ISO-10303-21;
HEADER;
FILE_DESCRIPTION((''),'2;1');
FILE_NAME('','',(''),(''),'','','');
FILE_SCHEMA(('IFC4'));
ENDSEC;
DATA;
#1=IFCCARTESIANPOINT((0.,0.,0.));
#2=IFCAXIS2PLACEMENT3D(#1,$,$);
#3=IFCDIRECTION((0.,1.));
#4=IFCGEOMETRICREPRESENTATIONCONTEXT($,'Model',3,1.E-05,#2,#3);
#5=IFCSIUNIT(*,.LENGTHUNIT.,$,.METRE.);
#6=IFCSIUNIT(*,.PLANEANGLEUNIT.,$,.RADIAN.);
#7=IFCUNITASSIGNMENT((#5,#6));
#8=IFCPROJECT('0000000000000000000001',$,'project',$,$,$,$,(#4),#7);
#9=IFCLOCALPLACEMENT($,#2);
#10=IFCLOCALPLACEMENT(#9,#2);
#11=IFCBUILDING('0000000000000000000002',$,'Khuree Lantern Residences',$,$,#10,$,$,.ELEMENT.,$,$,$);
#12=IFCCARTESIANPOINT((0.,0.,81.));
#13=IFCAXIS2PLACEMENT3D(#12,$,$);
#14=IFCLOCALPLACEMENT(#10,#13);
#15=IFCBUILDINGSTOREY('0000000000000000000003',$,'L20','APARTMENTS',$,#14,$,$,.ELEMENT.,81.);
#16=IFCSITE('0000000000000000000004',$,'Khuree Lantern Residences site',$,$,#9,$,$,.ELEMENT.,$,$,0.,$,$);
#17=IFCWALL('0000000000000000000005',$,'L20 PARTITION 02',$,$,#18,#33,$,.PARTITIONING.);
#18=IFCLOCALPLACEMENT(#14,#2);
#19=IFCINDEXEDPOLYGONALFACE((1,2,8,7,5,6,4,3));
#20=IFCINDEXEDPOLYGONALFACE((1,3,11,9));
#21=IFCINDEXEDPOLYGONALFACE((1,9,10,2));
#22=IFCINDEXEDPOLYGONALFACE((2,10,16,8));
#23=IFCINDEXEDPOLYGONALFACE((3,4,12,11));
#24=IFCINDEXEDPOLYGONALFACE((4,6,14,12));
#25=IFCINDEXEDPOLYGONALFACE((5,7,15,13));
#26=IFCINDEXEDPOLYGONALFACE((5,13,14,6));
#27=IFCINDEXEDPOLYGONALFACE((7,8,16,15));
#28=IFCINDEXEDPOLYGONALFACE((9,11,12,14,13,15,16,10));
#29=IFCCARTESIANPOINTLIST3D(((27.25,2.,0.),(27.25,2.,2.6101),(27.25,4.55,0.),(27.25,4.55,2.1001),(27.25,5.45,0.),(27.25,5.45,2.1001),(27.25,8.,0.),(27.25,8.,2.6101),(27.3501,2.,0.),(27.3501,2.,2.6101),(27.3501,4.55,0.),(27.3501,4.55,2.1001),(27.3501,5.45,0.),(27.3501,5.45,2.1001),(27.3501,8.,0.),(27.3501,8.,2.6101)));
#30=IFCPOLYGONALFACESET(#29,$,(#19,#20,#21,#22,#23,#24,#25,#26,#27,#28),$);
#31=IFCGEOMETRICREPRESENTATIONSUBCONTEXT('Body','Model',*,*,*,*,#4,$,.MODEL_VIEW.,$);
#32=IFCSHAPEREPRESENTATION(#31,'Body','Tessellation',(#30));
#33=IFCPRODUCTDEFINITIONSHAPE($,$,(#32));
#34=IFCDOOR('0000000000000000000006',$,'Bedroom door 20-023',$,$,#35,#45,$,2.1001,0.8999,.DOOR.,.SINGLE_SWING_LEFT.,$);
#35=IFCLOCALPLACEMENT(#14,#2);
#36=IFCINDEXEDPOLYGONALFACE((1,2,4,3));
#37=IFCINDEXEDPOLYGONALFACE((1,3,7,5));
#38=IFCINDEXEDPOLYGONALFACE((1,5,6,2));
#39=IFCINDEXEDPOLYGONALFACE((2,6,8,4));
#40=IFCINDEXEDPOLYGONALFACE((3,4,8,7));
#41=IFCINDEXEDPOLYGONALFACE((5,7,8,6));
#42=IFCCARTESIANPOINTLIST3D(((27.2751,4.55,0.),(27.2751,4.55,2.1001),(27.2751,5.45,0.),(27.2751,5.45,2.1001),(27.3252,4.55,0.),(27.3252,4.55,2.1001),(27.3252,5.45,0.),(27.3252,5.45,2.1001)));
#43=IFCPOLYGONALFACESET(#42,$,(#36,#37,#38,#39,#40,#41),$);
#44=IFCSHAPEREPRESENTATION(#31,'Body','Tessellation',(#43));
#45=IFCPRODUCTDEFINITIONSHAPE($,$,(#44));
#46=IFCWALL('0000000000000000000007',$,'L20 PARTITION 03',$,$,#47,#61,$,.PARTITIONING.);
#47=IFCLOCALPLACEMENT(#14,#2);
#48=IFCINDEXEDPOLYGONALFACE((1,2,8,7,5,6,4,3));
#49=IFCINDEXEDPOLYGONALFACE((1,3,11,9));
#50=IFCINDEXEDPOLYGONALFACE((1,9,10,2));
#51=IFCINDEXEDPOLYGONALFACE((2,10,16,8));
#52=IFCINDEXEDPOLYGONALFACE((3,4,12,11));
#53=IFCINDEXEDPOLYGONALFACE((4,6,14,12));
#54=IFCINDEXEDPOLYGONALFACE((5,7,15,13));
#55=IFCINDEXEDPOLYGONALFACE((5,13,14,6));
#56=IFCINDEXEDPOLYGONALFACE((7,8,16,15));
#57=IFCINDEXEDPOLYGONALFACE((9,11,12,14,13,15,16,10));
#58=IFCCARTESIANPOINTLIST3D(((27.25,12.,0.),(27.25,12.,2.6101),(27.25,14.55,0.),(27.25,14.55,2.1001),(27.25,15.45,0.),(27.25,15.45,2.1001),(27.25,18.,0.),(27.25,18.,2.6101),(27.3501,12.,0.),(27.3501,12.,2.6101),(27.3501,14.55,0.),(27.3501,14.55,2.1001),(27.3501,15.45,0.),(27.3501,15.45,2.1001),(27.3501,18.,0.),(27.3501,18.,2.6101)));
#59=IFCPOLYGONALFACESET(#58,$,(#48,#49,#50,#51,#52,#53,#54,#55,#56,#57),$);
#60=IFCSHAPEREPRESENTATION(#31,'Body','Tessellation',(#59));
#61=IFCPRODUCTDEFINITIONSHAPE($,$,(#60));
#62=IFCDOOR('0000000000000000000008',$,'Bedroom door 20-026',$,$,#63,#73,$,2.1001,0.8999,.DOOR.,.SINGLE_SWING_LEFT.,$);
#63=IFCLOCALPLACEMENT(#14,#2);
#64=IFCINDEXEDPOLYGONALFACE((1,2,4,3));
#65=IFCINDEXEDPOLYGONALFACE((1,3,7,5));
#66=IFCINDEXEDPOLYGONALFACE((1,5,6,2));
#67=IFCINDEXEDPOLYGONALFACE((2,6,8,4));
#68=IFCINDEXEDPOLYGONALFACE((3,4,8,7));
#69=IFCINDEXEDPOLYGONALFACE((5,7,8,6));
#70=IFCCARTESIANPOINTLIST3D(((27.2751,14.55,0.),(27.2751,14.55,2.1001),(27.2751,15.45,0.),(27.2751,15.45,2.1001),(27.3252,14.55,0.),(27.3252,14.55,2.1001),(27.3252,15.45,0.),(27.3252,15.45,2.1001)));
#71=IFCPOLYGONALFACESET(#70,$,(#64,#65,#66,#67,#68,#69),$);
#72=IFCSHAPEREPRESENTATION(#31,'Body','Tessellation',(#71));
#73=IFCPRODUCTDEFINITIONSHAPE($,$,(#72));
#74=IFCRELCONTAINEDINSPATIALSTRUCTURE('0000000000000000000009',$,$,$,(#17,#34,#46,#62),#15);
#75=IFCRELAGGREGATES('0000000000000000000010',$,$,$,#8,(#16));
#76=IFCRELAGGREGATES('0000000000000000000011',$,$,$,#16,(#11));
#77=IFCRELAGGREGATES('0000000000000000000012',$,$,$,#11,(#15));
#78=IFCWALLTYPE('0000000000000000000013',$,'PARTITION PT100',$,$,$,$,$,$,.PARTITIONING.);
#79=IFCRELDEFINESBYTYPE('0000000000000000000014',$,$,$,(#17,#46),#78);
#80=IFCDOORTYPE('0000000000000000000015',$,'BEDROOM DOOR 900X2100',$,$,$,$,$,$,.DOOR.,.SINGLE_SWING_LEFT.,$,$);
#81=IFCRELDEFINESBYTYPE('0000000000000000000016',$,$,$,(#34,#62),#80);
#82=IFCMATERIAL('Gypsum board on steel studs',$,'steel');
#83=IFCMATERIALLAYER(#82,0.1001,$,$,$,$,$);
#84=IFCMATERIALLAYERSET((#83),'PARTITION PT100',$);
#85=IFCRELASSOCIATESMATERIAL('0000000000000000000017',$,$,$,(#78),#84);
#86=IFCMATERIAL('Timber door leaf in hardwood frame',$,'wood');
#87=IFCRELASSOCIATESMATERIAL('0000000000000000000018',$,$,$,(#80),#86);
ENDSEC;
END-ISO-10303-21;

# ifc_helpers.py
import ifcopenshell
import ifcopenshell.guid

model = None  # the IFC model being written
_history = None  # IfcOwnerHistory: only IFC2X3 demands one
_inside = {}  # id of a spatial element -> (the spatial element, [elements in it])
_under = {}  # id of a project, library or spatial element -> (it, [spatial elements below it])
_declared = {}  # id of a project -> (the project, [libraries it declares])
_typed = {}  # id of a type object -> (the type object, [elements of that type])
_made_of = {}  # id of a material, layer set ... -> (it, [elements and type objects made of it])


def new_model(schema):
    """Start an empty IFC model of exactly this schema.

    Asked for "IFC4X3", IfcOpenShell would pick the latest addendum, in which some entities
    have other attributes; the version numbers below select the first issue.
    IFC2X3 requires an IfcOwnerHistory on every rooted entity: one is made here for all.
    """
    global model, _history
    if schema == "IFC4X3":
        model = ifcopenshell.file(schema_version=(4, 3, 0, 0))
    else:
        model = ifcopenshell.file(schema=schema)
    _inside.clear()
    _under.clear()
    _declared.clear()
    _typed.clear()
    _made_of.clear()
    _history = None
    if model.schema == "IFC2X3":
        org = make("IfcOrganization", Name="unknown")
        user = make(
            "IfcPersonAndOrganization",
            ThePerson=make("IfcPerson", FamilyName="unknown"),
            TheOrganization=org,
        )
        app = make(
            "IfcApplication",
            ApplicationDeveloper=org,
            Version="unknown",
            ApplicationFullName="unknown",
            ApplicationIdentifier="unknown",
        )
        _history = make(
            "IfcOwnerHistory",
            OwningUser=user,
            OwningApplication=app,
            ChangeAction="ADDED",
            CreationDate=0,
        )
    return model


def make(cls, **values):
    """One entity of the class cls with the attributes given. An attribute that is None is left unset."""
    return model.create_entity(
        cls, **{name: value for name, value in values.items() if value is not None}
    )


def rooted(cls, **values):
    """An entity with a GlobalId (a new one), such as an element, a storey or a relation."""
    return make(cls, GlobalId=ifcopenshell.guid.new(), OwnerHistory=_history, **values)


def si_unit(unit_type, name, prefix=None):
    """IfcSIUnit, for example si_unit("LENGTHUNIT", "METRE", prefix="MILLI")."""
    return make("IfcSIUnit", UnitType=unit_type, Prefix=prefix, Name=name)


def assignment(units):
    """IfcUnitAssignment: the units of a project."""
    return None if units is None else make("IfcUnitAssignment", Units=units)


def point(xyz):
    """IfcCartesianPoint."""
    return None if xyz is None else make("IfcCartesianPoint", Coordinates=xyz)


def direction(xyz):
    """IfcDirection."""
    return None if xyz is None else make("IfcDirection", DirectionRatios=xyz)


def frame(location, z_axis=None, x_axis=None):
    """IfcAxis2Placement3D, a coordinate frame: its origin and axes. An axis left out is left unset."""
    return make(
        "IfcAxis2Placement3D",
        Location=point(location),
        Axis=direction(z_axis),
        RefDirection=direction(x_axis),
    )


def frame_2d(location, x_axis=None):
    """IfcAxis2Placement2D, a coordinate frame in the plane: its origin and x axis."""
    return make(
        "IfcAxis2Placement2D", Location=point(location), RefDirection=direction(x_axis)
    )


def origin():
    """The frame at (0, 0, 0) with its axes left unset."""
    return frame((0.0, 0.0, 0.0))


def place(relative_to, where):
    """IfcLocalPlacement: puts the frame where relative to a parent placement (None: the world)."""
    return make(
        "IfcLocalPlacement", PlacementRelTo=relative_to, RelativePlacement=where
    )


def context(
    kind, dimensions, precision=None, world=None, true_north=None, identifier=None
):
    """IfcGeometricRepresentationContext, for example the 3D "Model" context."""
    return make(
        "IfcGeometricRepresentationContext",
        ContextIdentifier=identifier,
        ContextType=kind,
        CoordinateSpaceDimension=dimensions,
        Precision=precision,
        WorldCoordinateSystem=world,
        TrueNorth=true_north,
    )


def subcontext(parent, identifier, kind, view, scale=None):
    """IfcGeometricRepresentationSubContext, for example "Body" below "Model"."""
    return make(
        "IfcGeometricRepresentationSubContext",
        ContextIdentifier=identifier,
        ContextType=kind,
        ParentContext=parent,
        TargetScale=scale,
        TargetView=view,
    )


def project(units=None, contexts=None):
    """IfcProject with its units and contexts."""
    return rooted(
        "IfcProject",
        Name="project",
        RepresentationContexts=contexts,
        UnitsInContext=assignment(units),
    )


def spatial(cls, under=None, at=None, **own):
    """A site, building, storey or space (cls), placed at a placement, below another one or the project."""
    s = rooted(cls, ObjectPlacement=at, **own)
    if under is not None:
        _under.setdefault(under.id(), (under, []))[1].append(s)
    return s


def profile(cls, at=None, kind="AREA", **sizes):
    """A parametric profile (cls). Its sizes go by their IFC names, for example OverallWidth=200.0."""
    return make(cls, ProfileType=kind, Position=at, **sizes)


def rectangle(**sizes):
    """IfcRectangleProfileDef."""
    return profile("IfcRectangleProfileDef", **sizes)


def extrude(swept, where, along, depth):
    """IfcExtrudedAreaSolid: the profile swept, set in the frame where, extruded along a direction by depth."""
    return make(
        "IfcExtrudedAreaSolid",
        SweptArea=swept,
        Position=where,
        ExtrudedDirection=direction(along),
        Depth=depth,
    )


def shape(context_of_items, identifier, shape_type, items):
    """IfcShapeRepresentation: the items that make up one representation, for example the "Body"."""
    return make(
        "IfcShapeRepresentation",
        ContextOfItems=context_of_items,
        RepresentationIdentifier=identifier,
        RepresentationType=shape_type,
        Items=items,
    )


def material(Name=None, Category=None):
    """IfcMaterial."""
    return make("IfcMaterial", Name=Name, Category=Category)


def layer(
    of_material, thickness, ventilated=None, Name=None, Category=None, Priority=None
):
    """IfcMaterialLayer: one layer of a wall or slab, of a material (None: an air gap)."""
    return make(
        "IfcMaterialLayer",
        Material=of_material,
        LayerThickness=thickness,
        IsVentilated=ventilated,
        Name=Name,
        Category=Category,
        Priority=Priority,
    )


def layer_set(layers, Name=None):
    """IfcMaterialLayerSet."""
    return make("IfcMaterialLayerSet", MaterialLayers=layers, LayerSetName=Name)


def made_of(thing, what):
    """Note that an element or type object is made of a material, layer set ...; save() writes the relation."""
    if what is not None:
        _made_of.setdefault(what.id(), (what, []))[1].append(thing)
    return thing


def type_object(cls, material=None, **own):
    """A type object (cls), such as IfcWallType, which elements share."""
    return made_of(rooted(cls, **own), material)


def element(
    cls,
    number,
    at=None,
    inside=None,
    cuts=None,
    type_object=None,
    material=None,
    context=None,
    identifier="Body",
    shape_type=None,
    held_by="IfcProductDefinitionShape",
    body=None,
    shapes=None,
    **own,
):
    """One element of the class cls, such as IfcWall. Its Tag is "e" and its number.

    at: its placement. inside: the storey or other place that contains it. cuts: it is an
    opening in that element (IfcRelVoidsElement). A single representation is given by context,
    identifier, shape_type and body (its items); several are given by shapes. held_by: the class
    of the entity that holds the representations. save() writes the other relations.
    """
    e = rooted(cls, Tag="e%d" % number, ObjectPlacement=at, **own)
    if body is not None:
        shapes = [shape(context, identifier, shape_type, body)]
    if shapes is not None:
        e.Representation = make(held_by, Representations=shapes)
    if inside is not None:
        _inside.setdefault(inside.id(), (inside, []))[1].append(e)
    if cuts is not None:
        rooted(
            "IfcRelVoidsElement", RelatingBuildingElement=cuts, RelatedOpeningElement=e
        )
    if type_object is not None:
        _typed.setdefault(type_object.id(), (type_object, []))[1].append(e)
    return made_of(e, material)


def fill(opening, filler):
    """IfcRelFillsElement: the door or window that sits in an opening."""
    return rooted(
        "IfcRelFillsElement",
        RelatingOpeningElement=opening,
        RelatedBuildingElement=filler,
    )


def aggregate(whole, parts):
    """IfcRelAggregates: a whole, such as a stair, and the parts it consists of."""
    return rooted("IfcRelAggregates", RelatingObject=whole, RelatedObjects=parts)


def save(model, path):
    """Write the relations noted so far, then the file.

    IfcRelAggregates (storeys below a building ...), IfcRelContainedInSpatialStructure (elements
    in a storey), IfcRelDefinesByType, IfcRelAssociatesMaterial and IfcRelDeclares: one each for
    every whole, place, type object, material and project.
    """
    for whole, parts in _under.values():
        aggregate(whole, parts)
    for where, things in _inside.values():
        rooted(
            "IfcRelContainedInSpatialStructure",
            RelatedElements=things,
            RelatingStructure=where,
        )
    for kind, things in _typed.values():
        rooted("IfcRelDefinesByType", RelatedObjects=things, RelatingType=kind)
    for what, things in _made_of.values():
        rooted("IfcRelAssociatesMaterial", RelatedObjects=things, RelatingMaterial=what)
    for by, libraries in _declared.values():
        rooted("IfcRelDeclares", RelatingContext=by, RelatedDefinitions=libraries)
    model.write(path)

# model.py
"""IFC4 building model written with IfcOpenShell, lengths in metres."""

from ifc_helpers import new_model, si_unit, direction, frame, frame_2d, origin, place, context, subcontext, project, spatial, rectangle, extrude, material, layer, layer_set, type_object, element, fill, save


model = new_model("IFC4")

# Units and contexts
model_context = context("Model", 3, precision=1e-05, world=origin(), true_north=direction((0.0, 1.0)))
body_context = subcontext(model_context, "Body", "Model", "MODEL_VIEW")
ifc_project = project(units=[si_unit("LENGTHUNIT", "METRE"), si_unit("PLANEANGLEUNIT", "RADIAN")], contexts=[model_context])

# Site, building, storey
site_placement = place(None, origin())
site = spatial("IfcSite", under=ifc_project, at=site_placement, Name="Khuree Lantern Residences site", CompositionType="ELEMENT", RefElevation=0.0)
building_placement = place(site_placement, origin())
building = spatial("IfcBuilding", under=site, at=building_placement, Name="Khuree Lantern Residences", CompositionType="ELEMENT")
storey_placement = place(building_placement, frame((0.0, 0.0, 81.0)))
storey = spatial("IfcBuildingStorey", under=building, at=storey_placement, Name="L20", Description="APARTMENTS", CompositionType="ELEMENT", Elevation=81.0)

# Shared definitions
ifc_material_1 = material(Name="Timber door leaf in hardwood frame", Category="wood")

# Shared definitions
ifc_material_2 = material(Name="Gypsum board on steel studs", Category="steel")
ifc_layer_1 = layer(ifc_material_2, 0.1001)
ifc_layer_set_1 = layer_set([ifc_layer_1], Name="PARTITION PT100")
wall_type_1 = type_object("IfcWallType", Name="PARTITION PT100", PredefinedType="PARTITIONING", material=ifc_layer_set_1)

# Walls, openings, doors
wall_1_placement = place(storey_placement, frame((27.3, 2.0, 0.0), z_axis=(0.0, 0.0, 1.0), x_axis=(0.0, 1.0, 0.0)))
wall_1 = element("IfcWall", 1, at=wall_1_placement, inside=storey, type_object=wall_type_1, Name="L20 PARTITION 02", PredefinedType="PARTITIONING", context=body_context, shape_type="SweptSolid", body=[
    extrude(rectangle(XDim=6.0, YDim=0.1001, at=frame_2d((3.0, 0.0))), origin(), (0.0, 0.0, 1.0), 2.6101),
])
opening_1_placement = place(wall_1_placement, frame((2.55, 0.0, 0.0)))
opening_1 = element("IfcOpeningElement", 2, at=opening_1_placement, cuts=wall_1, PredefinedType="OPENING", context=body_context, shape_type="SweptSolid", body=[
    extrude(rectangle(XDim=0.8999, YDim=2.1001, at=frame_2d((0.45, 1.05))), frame((0.0, 0.0601, 0.0), z_axis=(0.0, -1.0, 0.0), x_axis=(1.0, 0.0, 0.0)), (0.0, 0.0, 1.0), 0.1201),
])
door_type_1 = type_object("IfcDoorType", Name="BEDROOM DOOR 900X2100", OperationType="SINGLE_SWING_LEFT", PredefinedType="DOOR", material=ifc_material_1)
door_1_placement = place(opening_1_placement, origin())
door_1 = element("IfcDoor", 3, at=door_1_placement, inside=storey, type_object=door_type_1, Name="Bedroom door 20-023", OperationType="SINGLE_SWING_LEFT", OverallHeight=2.1001, OverallWidth=0.8999, PredefinedType="DOOR", context=body_context, shape_type="SweptSolid", body=[
    extrude(rectangle(XDim=0.8999, YDim=2.1001, at=frame_2d((0.45, 1.05))), frame((0.0, 0.0249, 0.0), z_axis=(0.0, -1.0, 0.0), x_axis=(1.0, 0.0, 0.0)), (0.0, 0.0, 1.0), 0.05),
])
fill(opening_1, door_1)
wall_2_placement = place(storey_placement, frame((27.3, 12.0, 0.0), z_axis=(0.0, 0.0, 1.0), x_axis=(0.0, 1.0, 0.0)))
wall_2 = element("IfcWall", 4, at=wall_2_placement, inside=storey, type_object=wall_type_1, Name="L20 PARTITION 03", PredefinedType="PARTITIONING", context=body_context, shape_type="SweptSolid", body=[
    extrude(rectangle(XDim=6.0, YDim=0.1001, at=frame_2d((3.0, 0.0))), origin(), (0.0, 0.0, 1.0), 2.6101),
])
opening_2_placement = place(wall_2_placement, frame((2.55, 0.0, 0.0)))
opening_2 = element("IfcOpeningElement", 5, at=opening_2_placement, cuts=wall_2, PredefinedType="OPENING", context=body_context, shape_type="SweptSolid", body=[
    extrude(rectangle(XDim=0.8999, YDim=2.1001, at=frame_2d((0.45, 1.05))), frame((0.0, 0.0601, 0.0), z_axis=(0.0, -1.0, 0.0), x_axis=(1.0, 0.0, 0.0)), (0.0, 0.0, 1.0), 0.1201),
])
door_2_placement = place(opening_2_placement, origin())
door_2 = element("IfcDoor", 6, at=door_2_placement, inside=storey, type_object=door_type_1, Name="Bedroom door 20-026", OperationType="SINGLE_SWING_LEFT", OverallHeight=2.1001, OverallWidth=0.8999, PredefinedType="DOOR", context=body_context, shape_type="SweptSolid", body=[
    extrude(rectangle(XDim=0.8999, YDim=2.1001, at=frame_2d((0.45, 1.05))), frame((0.0, 0.0249, 0.0), z_axis=(0.0, -1.0, 0.0), x_axis=(1.0, 0.0, 0.0)), (0.0, 0.0, 1.0), 0.05),
])
fill(opening_2, door_2)

save(model, "model.ifc")
